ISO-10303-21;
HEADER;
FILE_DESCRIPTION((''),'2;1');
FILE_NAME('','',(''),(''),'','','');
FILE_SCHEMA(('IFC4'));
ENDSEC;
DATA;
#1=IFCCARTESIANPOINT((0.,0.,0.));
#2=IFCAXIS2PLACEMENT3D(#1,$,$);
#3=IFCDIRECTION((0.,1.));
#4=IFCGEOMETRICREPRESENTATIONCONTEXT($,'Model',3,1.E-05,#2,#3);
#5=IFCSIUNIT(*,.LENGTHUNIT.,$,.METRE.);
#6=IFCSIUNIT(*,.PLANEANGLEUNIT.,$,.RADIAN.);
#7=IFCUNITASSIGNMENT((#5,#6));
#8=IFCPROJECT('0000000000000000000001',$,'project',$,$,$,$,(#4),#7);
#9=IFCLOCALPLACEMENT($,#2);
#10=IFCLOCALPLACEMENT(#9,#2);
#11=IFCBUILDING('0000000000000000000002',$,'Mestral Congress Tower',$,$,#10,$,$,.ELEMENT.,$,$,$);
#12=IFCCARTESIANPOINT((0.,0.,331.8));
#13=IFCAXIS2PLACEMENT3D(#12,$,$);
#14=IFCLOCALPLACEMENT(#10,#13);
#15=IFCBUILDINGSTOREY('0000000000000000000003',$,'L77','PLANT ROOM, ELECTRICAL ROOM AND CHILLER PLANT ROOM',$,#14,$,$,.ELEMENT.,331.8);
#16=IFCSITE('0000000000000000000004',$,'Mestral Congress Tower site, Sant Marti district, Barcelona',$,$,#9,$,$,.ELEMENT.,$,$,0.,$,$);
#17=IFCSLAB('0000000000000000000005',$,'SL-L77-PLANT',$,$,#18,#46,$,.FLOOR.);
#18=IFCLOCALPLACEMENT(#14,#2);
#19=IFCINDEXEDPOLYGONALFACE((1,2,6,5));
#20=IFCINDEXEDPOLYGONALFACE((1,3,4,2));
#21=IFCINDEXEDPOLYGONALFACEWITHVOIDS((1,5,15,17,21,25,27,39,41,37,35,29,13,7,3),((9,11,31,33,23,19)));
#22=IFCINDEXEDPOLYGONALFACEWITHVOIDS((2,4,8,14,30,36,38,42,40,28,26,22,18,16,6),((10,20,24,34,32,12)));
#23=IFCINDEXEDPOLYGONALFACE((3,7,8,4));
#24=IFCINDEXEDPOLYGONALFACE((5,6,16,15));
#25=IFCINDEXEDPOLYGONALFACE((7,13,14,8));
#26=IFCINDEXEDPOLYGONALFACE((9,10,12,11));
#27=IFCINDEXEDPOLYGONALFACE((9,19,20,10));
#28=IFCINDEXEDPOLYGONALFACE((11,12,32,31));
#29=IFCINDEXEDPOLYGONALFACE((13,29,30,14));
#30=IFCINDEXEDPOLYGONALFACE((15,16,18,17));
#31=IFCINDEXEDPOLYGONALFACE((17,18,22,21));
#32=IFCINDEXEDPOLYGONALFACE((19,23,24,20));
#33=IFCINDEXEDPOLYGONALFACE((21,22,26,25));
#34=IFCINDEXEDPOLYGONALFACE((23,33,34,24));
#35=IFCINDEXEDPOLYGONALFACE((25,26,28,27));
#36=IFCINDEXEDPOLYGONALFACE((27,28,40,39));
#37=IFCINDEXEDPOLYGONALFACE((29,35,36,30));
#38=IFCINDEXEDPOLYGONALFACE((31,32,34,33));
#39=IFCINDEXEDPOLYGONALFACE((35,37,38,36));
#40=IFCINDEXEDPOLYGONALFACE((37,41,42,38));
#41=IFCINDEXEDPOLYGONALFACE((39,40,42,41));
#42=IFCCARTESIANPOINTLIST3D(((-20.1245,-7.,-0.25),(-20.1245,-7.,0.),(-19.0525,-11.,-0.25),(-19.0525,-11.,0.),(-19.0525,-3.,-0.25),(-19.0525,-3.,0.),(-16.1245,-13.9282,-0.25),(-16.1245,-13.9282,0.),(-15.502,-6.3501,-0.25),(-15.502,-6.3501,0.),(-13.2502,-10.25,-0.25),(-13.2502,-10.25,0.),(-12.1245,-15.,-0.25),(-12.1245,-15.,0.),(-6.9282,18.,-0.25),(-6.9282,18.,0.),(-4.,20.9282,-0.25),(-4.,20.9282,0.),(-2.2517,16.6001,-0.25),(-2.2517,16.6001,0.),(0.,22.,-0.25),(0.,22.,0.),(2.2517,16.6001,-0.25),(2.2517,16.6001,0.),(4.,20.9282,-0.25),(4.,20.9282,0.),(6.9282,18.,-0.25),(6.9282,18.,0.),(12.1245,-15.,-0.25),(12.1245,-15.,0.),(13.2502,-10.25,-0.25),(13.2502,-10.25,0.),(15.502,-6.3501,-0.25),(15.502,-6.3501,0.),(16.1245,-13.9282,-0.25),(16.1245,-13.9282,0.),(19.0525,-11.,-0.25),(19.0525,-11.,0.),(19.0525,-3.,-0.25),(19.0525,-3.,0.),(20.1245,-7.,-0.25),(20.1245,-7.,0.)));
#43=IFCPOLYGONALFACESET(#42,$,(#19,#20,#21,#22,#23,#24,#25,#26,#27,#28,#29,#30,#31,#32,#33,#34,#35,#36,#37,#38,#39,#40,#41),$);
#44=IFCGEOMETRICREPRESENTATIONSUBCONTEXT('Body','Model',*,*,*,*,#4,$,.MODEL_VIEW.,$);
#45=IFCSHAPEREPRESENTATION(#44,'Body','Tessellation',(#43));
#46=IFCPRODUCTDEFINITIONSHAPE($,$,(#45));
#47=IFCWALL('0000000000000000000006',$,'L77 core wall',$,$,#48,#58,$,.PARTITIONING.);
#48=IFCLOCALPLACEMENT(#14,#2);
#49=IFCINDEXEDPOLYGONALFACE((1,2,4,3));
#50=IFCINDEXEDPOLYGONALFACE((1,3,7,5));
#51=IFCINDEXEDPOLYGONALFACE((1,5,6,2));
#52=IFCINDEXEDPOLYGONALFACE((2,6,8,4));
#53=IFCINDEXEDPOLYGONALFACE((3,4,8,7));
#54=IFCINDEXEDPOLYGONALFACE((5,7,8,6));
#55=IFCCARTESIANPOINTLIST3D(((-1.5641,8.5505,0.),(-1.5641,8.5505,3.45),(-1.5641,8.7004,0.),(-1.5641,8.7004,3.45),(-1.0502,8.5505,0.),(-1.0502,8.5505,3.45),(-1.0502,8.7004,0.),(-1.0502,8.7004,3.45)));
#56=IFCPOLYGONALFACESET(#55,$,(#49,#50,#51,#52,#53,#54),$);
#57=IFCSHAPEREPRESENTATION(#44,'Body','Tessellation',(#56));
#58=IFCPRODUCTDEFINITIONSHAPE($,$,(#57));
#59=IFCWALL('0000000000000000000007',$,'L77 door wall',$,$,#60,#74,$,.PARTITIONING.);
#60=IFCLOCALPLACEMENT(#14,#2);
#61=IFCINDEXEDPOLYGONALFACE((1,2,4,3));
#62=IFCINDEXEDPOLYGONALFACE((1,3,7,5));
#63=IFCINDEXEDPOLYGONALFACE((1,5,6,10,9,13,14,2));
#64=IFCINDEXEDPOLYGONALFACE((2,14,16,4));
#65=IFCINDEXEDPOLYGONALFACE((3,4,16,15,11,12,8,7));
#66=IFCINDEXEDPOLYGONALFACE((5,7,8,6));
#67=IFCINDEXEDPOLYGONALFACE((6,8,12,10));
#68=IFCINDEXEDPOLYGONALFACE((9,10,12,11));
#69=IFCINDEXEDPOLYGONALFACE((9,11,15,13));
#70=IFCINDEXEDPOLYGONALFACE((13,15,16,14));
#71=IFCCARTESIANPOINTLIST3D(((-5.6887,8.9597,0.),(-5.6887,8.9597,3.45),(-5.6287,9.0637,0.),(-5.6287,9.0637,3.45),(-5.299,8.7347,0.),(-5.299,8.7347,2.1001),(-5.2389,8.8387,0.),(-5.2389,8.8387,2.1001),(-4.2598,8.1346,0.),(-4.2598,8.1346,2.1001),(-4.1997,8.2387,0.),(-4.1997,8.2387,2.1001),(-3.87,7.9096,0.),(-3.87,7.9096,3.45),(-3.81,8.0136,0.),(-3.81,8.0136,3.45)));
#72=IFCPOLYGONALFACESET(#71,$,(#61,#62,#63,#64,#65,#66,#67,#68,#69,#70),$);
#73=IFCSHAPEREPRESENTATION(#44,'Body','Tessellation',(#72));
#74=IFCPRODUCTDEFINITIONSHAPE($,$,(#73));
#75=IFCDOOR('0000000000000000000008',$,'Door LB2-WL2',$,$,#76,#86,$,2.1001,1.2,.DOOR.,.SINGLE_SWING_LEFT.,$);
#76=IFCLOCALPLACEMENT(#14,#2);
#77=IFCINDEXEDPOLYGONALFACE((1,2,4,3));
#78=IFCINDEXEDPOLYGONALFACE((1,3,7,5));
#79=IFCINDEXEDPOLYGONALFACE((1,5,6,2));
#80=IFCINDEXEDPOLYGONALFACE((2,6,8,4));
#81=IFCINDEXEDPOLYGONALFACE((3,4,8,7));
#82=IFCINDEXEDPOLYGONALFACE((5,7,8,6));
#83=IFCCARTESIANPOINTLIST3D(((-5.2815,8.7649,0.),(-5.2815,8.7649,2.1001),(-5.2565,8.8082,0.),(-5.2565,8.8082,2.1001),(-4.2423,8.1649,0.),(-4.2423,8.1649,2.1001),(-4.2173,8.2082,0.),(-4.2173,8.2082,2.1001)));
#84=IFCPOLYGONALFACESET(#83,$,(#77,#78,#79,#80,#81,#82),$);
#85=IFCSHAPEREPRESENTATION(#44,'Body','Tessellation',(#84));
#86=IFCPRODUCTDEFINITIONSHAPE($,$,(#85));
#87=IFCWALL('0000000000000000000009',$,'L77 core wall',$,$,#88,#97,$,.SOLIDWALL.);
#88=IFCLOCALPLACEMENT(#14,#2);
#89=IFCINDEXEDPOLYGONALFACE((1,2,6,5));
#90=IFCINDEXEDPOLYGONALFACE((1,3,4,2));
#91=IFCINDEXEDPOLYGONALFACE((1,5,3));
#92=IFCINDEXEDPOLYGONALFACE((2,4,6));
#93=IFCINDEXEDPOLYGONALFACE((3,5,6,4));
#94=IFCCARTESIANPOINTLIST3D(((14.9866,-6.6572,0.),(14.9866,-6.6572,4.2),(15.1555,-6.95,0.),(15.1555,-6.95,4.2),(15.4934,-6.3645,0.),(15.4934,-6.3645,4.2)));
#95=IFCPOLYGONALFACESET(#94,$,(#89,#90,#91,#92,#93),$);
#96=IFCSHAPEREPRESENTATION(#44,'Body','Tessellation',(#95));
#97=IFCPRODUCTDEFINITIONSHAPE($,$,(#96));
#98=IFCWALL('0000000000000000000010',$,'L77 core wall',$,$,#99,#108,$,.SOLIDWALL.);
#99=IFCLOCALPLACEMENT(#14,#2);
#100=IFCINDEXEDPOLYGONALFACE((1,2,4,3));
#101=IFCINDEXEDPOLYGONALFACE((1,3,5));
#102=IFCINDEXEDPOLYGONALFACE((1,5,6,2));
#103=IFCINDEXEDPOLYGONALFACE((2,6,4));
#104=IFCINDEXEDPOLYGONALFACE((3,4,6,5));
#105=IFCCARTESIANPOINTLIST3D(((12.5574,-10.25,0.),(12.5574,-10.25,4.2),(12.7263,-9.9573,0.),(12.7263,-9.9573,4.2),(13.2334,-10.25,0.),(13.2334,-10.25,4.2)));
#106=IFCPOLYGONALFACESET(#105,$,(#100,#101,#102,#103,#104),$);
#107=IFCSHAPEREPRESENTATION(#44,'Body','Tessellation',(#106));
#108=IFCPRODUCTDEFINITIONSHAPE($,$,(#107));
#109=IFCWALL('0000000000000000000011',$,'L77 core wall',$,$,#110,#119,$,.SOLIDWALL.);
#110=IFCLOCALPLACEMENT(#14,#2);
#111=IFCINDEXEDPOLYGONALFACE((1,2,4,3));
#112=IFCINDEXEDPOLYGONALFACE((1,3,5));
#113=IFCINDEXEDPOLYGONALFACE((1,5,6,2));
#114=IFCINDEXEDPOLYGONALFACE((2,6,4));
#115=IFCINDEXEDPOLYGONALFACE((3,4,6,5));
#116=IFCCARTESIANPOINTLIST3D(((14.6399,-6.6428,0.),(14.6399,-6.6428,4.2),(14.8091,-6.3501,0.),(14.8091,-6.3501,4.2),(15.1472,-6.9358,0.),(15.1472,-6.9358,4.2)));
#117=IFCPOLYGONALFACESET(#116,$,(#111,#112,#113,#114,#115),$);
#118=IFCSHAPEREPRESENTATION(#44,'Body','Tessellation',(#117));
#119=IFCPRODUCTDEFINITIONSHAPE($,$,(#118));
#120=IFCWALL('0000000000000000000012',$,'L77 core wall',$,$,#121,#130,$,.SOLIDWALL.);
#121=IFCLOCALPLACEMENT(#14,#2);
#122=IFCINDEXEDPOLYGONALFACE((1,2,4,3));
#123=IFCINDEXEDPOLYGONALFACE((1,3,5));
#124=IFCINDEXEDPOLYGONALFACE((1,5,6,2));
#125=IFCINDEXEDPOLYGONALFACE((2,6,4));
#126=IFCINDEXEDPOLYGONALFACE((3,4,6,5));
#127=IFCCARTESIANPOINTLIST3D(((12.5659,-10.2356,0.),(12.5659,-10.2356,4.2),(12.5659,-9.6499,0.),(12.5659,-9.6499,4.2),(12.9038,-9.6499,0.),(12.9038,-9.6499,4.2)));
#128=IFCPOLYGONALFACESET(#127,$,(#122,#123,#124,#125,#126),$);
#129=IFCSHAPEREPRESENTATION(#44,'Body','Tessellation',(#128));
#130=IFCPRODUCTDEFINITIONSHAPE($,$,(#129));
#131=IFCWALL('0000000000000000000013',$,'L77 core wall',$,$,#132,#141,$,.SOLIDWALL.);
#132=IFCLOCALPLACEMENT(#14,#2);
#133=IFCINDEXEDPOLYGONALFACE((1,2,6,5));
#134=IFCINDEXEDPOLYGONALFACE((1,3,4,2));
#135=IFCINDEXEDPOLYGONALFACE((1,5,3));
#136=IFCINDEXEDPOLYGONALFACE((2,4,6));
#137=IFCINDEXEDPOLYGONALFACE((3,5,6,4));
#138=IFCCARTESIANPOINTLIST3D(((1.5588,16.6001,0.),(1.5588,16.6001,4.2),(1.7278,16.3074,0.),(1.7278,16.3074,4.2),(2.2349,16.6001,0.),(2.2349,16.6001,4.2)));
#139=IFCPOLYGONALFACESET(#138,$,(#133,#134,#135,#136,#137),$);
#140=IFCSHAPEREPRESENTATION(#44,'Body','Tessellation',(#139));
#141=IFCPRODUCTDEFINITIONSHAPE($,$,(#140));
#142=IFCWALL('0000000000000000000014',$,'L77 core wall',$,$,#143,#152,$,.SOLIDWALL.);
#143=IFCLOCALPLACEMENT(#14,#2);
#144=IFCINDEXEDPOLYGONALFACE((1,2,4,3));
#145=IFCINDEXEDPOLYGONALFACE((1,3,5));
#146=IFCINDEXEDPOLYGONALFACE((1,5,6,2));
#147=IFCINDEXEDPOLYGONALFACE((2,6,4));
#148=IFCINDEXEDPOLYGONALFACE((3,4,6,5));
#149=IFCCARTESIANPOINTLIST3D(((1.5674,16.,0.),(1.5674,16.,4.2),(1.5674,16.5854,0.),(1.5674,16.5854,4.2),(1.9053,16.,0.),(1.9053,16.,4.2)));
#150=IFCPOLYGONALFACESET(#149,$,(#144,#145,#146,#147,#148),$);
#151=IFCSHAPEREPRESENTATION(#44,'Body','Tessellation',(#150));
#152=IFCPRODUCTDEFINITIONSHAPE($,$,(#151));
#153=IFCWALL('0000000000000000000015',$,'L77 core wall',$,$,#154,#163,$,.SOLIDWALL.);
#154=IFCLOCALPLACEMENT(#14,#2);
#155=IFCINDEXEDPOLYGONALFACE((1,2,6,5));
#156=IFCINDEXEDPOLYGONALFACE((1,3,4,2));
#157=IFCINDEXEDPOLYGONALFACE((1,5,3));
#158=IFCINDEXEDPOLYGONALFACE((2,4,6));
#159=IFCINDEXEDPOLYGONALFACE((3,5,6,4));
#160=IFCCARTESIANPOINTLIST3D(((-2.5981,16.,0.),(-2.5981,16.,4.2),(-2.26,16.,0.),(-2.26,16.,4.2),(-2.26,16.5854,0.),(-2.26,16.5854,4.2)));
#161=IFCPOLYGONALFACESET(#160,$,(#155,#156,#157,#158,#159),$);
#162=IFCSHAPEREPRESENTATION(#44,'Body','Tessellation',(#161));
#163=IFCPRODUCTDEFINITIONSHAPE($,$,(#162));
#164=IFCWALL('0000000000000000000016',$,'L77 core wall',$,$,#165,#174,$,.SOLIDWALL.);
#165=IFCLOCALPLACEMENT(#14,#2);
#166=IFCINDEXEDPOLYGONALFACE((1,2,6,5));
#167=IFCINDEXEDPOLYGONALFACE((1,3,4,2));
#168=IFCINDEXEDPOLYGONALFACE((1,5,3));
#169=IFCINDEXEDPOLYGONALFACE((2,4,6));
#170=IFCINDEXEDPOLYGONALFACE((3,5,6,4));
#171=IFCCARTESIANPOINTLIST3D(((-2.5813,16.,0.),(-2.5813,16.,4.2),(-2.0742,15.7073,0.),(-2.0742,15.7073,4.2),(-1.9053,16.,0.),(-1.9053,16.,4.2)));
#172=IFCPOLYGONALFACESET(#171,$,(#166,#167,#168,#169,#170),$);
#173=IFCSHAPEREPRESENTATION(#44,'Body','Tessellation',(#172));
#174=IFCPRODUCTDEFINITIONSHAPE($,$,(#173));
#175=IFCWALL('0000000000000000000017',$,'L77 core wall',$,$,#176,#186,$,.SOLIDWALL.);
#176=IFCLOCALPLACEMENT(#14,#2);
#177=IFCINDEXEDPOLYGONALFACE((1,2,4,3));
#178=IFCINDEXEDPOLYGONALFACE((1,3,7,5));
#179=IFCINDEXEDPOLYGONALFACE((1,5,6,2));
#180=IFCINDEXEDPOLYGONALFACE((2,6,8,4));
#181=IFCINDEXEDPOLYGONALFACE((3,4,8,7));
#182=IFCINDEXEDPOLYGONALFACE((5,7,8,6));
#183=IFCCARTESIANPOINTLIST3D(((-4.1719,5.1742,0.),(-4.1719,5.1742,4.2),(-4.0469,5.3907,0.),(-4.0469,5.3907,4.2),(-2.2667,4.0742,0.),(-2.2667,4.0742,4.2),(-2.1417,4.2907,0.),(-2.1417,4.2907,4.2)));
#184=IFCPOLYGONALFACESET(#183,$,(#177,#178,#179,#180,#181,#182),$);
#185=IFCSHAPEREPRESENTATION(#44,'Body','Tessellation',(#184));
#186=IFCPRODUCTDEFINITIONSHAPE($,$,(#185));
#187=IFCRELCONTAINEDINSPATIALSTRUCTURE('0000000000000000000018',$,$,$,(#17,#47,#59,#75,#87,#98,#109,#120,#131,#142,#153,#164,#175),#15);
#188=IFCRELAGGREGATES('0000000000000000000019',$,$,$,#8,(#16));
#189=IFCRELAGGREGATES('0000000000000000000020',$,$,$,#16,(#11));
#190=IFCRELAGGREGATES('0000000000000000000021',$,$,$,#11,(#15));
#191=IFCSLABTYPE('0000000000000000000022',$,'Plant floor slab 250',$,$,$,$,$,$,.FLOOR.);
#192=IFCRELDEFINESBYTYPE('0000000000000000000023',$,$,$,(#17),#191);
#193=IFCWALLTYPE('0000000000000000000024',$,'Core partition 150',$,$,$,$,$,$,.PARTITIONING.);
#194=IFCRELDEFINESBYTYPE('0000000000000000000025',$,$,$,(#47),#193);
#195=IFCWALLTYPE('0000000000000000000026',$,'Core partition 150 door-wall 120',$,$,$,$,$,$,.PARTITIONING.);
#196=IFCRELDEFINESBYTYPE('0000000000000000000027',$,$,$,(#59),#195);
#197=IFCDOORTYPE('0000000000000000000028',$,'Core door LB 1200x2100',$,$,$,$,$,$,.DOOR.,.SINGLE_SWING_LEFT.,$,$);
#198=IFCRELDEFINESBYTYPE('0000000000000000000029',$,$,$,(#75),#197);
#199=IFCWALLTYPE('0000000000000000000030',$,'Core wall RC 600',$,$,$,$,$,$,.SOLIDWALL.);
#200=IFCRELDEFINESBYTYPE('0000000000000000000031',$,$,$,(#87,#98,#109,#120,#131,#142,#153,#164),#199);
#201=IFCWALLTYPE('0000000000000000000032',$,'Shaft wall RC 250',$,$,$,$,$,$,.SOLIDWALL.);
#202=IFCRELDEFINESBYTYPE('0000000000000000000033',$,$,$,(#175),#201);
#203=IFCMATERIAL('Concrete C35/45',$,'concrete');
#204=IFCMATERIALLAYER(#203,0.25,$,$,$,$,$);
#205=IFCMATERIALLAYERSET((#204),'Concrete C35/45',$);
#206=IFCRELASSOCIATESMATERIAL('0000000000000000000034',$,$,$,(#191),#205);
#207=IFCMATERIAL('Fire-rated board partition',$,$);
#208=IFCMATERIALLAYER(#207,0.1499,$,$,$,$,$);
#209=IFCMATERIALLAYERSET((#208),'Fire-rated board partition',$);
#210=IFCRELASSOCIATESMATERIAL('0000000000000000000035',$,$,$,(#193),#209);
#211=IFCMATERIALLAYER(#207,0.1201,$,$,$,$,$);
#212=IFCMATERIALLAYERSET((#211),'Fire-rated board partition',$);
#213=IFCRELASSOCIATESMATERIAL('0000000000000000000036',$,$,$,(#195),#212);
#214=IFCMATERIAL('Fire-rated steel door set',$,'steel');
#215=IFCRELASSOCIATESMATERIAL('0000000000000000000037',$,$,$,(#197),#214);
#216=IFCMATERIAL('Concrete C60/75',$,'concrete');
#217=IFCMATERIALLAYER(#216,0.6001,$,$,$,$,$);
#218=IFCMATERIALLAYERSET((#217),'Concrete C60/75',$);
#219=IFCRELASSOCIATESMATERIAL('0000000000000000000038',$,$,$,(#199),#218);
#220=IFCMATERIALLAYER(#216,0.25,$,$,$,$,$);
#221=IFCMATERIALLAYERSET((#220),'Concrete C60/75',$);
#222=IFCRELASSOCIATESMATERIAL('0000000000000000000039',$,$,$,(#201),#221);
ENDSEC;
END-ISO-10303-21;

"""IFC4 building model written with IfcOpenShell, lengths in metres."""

from ifc_helpers import new_model, si_unit, direction, frame, frame_2d, origin, place, context, subcontext, project, spatial, polyline, rectangle, outline, extrude, material, layer, layer_set, type_object, element, fill, save


model = new_model("IFC4")

# Units and contexts
model_context = context("Model", 3, precision=1e-05, world=origin(), true_north=direction((0.0, 1.0)))
body_context = subcontext(model_context, "Body", "Model", "MODEL_VIEW")
ifc_project = project(units=[si_unit("LENGTHUNIT", "METRE"), si_unit("PLANEANGLEUNIT", "RADIAN")], contexts=[model_context])

# Site, building, storey
site_placement = place(None, origin())
site = spatial("IfcSite", under=ifc_project, at=site_placement, Name="Mestral Congress Tower site, Sant Marti district, Barcelona", CompositionType="ELEMENT", RefElevation=0.0)
building_placement = place(site_placement, origin())
building = spatial("IfcBuilding", under=site, at=building_placement, Name="Mestral Congress Tower", CompositionType="ELEMENT")
storey_placement = place(building_placement, frame((0.0, 0.0, 331.8)))
storey = spatial("IfcBuildingStorey", under=building, at=storey_placement, Name="L77", Description="PLANT ROOM, ELECTRICAL ROOM AND CHILLER PLANT ROOM", CompositionType="ELEMENT", Elevation=331.8)

# Shared definitions
ifc_material_1 = material(Name="Concrete C60/75", Category="concrete")
placement_1 = place(storey_placement, frame((0.0, 0.0, -0.25)))

# Shared definitions
placement_2 = place(storey_placement, origin())

# Slab
ifc_material_2 = material(Name="Concrete C35/45", Category="concrete")
ifc_layer_1 = layer(ifc_material_2, 0.25)
ifc_layer_set_1 = layer_set([ifc_layer_1], Name="Concrete C35/45")
slab_type_1 = type_object("IfcSlabType", Name="Plant floor slab 250", PredefinedType="FLOOR", material=ifc_layer_set_1)
element("IfcSlab", 1, at=placement_1, inside=storey, type_object=slab_type_1, Name="SL-L77-PLANT", PredefinedType="FLOOR", context=body_context, shape_type="SweptSolid", body=[
    extrude(outline(polyline([(12.1245, -15.0), (16.1245, -13.9282), (19.0525, -11.0), (20.1245, -7.0), (19.0525, -3.0), (6.9282, 18.0), (4.0, 20.9282), (0.0, 22.0), (-4.0, 20.9282), (-6.9282, 18.0), (-19.0525, -3.0), (-20.1245, -7.0), (-19.0525, -11.0), (-16.1245, -13.9282), (-12.1245, -15.0), (12.1245, -15.0)]), holes=[polyline([(-2.2517, 16.6001), (-15.502, -6.3501), (-13.2502, -10.25), (13.2502, -10.25), (15.502, -6.3501), (2.2517, 16.6001), (-2.2517, 16.6001)])]), origin(), (0.0, 0.0, 1.0), 0.25),
])

# Wall
ifc_material_3 = material(Name="Fire-rated board partition")
ifc_layer_2 = layer(ifc_material_3, 0.1499)
ifc_layer_set_2 = layer_set([ifc_layer_2], Name="Fire-rated board partition")
wall_type_1 = type_object("IfcWallType", Name="Core partition 150", PredefinedType="PARTITIONING", material=ifc_layer_set_2)
wall_1_placement = place(storey_placement, frame((-1.564, 8.6255, 0.0), z_axis=(0.0, 0.0, 1.0), x_axis=(1.0, 0.0, 0.0)))
element("IfcWall", 2, at=wall_1_placement, inside=storey, type_object=wall_type_1, Name="L77 core wall", PredefinedType="PARTITIONING", context=body_context, shape_type="SweptSolid", body=[
    extrude(rectangle(XDim=0.5139, YDim=0.1499, at=frame_2d((0.2568, 0.0))), origin(), (0.0, 0.0, 1.0), 3.45),
])

# Wall, opening, door
ifc_layer_3 = layer(ifc_material_3, 0.1201)
ifc_layer_set_3 = layer_set([ifc_layer_3], Name="Fire-rated board partition")
wall_type_2 = type_object("IfcWallType", Name="Core partition 150 door-wall 120", PredefinedType="PARTITIONING", material=ifc_layer_set_3)
wall_2_placement = place(storey_placement, frame((-5.6587, 9.0117, 0.0), z_axis=(0.0, 0.0, 1.0), x_axis=(0.866009, -0.500028, 0.0)))
wall_2 = element("IfcWall", 3, at=wall_2_placement, inside=storey, type_object=wall_type_2, Name="L77 door wall", PredefinedType="PARTITIONING", context=body_context, shape_type="SweptSolid", body=[
    extrude(rectangle(XDim=2.1001, YDim=0.1201, at=frame_2d((1.05, 0.0))), origin(), (0.0, 0.0, 1.0), 3.45),
])
opening_1_placement = place(wall_2_placement, frame((0.45, 0.0, 0.0)))
opening_1 = element("IfcOpeningElement", 4, at=opening_1_placement, cuts=wall_2, PredefinedType="OPENING", context=body_context, shape_type="SweptSolid", body=[
    extrude(rectangle(XDim=1.2, YDim=2.1001, at=frame_2d((0.6001, 1.05))), frame((0.0, 0.0701, 0.0), z_axis=(0.0, -1.0, 0.0), x_axis=(1.0, 0.0, 0.0)), (0.0, 0.0, 1.0), 0.1401),
])
ifc_material_4 = material(Name="Fire-rated steel door set", Category="steel")
door_type_1 = type_object("IfcDoorType", Name="Core door LB 1200x2100", OperationType="SINGLE_SWING_LEFT", PredefinedType="DOOR", material=ifc_material_4)
door_1_placement = place(opening_1_placement, origin())
door_1 = element("IfcDoor", 5, at=door_1_placement, inside=storey, type_object=door_type_1, Name="Door LB2-WL2", OperationType="SINGLE_SWING_LEFT", OverallHeight=2.1001, OverallWidth=1.2, PredefinedType="DOOR", context=body_context, shape_type="SweptSolid", body=[
    extrude(rectangle(XDim=1.2, YDim=2.1001, at=frame_2d((0.6001, 1.05))), frame((0.0, 0.0249, 0.0), z_axis=(0.0, -1.0, 0.0), x_axis=(1.0, 0.0, 0.0)), (0.0, 0.0, 1.0), 0.05),
])
fill(opening_1, door_1)

# Walls
ifc_layer_4 = layer(ifc_material_1, 0.6001)
ifc_layer_set_4 = layer_set([ifc_layer_4], Name="Concrete C60/75")
wall_type_3 = type_object("IfcWallType", Name="Core wall RC 600", PredefinedType="SOLIDWALL", material=ifc_layer_set_4)
element("IfcWall", 6, at=placement_2, inside=storey, type_object=wall_type_3, Name="L77 core wall", PredefinedType="SOLIDWALL", context=body_context, shape_type="SweptSolid", body=[
    extrude(outline(polyline([(15.1555, -6.95), (14.9866, -6.6572), (15.4934, -6.3645), (15.1555, -6.95)])), origin(), (0.0, 0.0, 1.0), 4.2),
])
element("IfcWall", 7, at=placement_2, inside=storey, type_object=wall_type_3, Name="L77 core wall", PredefinedType="SOLIDWALL", context=body_context, shape_type="SweptSolid", body=[
    extrude(outline(polyline([(12.7263, -9.9573), (13.2334, -10.25), (12.5574, -10.25), (12.7263, -9.9573)])), origin(), (0.0, 0.0, 1.0), 4.2),
])
element("IfcWall", 8, at=placement_2, inside=storey, type_object=wall_type_3, Name="L77 core wall", PredefinedType="SOLIDWALL", context=body_context, shape_type="SweptSolid", body=[
    extrude(outline(polyline([(14.8091, -6.3501), (15.1472, -6.9358), (14.6399, -6.6428), (14.8091, -6.3501)])), origin(), (0.0, 0.0, 1.0), 4.2),
])
element("IfcWall", 9, at=placement_2, inside=storey, type_object=wall_type_3, Name="L77 core wall", PredefinedType="SOLIDWALL", context=body_context, shape_type="SweptSolid", body=[
    extrude(outline(polyline([(12.9038, -9.6499), (12.5659, -10.2356), (12.5659, -9.6499), (12.9038, -9.6499)])), origin(), (0.0, 0.0, 1.0), 4.2),
])
element("IfcWall", 10, at=placement_2, inside=storey, type_object=wall_type_3, Name="L77 core wall", PredefinedType="SOLIDWALL", context=body_context, shape_type="SweptSolid", body=[
    extrude(outline(polyline([(1.5588, 16.6001), (2.2349, 16.6001), (1.7278, 16.3074), (1.5588, 16.6001)])), origin(), (0.0, 0.0, 1.0), 4.2),
])
element("IfcWall", 11, at=placement_2, inside=storey, type_object=wall_type_3, Name="L77 core wall", PredefinedType="SOLIDWALL", context=body_context, shape_type="SweptSolid", body=[
    extrude(outline(polyline([(1.9053, 16.0), (1.5674, 16.0), (1.5674, 16.5854), (1.9053, 16.0)])), origin(), (0.0, 0.0, 1.0), 4.2),
])
element("IfcWall", 12, at=placement_2, inside=storey, type_object=wall_type_3, Name="L77 core wall", PredefinedType="SOLIDWALL", context=body_context, shape_type="SweptSolid", body=[
    extrude(outline(polyline([(-2.5981, 16.0), (-2.26, 16.5854), (-2.26, 16.0), (-2.5981, 16.0)])), origin(), (0.0, 0.0, 1.0), 4.2),
])
element("IfcWall", 13, at=placement_2, inside=storey, type_object=wall_type_3, Name="L77 core wall", PredefinedType="SOLIDWALL", context=body_context, shape_type="SweptSolid", body=[
    extrude(outline(polyline([(-1.9053, 16.0), (-2.0742, 15.7073), (-2.5813, 16.0), (-1.9053, 16.0)])), origin(), (0.0, 0.0, 1.0), 4.2),
])
ifc_layer_5 = layer(ifc_material_1, 0.25)
ifc_layer_set_5 = layer_set([ifc_layer_5], Name="Concrete C60/75")
wall_type_4 = type_object("IfcWallType", Name="Shaft wall RC 250", PredefinedType="SOLIDWALL", material=ifc_layer_set_5)
for number, where, z_axis, x_axis, name in (
    (14, (-2.2041, 4.1824, 0.0), (0.0, 0.0, 1.0), (-0.866008, 0.50003, 0.0), "L77 core wall"),
):
    element("IfcWall", number, at=place(storey_placement, frame(where, z_axis=z_axis, x_axis=x_axis)), inside=storey, type_object=wall_type_4, Name=name, PredefinedType="SOLIDWALL", context=body_context, shape_type="SweptSolid", body=[
        extrude(rectangle(XDim=2.2, YDim=0.25, at=frame_2d((1.1001, 0.0))), origin(), (0.0, 0.0, 1.0), 4.2),
    ])

save(model, "model.ifc")
